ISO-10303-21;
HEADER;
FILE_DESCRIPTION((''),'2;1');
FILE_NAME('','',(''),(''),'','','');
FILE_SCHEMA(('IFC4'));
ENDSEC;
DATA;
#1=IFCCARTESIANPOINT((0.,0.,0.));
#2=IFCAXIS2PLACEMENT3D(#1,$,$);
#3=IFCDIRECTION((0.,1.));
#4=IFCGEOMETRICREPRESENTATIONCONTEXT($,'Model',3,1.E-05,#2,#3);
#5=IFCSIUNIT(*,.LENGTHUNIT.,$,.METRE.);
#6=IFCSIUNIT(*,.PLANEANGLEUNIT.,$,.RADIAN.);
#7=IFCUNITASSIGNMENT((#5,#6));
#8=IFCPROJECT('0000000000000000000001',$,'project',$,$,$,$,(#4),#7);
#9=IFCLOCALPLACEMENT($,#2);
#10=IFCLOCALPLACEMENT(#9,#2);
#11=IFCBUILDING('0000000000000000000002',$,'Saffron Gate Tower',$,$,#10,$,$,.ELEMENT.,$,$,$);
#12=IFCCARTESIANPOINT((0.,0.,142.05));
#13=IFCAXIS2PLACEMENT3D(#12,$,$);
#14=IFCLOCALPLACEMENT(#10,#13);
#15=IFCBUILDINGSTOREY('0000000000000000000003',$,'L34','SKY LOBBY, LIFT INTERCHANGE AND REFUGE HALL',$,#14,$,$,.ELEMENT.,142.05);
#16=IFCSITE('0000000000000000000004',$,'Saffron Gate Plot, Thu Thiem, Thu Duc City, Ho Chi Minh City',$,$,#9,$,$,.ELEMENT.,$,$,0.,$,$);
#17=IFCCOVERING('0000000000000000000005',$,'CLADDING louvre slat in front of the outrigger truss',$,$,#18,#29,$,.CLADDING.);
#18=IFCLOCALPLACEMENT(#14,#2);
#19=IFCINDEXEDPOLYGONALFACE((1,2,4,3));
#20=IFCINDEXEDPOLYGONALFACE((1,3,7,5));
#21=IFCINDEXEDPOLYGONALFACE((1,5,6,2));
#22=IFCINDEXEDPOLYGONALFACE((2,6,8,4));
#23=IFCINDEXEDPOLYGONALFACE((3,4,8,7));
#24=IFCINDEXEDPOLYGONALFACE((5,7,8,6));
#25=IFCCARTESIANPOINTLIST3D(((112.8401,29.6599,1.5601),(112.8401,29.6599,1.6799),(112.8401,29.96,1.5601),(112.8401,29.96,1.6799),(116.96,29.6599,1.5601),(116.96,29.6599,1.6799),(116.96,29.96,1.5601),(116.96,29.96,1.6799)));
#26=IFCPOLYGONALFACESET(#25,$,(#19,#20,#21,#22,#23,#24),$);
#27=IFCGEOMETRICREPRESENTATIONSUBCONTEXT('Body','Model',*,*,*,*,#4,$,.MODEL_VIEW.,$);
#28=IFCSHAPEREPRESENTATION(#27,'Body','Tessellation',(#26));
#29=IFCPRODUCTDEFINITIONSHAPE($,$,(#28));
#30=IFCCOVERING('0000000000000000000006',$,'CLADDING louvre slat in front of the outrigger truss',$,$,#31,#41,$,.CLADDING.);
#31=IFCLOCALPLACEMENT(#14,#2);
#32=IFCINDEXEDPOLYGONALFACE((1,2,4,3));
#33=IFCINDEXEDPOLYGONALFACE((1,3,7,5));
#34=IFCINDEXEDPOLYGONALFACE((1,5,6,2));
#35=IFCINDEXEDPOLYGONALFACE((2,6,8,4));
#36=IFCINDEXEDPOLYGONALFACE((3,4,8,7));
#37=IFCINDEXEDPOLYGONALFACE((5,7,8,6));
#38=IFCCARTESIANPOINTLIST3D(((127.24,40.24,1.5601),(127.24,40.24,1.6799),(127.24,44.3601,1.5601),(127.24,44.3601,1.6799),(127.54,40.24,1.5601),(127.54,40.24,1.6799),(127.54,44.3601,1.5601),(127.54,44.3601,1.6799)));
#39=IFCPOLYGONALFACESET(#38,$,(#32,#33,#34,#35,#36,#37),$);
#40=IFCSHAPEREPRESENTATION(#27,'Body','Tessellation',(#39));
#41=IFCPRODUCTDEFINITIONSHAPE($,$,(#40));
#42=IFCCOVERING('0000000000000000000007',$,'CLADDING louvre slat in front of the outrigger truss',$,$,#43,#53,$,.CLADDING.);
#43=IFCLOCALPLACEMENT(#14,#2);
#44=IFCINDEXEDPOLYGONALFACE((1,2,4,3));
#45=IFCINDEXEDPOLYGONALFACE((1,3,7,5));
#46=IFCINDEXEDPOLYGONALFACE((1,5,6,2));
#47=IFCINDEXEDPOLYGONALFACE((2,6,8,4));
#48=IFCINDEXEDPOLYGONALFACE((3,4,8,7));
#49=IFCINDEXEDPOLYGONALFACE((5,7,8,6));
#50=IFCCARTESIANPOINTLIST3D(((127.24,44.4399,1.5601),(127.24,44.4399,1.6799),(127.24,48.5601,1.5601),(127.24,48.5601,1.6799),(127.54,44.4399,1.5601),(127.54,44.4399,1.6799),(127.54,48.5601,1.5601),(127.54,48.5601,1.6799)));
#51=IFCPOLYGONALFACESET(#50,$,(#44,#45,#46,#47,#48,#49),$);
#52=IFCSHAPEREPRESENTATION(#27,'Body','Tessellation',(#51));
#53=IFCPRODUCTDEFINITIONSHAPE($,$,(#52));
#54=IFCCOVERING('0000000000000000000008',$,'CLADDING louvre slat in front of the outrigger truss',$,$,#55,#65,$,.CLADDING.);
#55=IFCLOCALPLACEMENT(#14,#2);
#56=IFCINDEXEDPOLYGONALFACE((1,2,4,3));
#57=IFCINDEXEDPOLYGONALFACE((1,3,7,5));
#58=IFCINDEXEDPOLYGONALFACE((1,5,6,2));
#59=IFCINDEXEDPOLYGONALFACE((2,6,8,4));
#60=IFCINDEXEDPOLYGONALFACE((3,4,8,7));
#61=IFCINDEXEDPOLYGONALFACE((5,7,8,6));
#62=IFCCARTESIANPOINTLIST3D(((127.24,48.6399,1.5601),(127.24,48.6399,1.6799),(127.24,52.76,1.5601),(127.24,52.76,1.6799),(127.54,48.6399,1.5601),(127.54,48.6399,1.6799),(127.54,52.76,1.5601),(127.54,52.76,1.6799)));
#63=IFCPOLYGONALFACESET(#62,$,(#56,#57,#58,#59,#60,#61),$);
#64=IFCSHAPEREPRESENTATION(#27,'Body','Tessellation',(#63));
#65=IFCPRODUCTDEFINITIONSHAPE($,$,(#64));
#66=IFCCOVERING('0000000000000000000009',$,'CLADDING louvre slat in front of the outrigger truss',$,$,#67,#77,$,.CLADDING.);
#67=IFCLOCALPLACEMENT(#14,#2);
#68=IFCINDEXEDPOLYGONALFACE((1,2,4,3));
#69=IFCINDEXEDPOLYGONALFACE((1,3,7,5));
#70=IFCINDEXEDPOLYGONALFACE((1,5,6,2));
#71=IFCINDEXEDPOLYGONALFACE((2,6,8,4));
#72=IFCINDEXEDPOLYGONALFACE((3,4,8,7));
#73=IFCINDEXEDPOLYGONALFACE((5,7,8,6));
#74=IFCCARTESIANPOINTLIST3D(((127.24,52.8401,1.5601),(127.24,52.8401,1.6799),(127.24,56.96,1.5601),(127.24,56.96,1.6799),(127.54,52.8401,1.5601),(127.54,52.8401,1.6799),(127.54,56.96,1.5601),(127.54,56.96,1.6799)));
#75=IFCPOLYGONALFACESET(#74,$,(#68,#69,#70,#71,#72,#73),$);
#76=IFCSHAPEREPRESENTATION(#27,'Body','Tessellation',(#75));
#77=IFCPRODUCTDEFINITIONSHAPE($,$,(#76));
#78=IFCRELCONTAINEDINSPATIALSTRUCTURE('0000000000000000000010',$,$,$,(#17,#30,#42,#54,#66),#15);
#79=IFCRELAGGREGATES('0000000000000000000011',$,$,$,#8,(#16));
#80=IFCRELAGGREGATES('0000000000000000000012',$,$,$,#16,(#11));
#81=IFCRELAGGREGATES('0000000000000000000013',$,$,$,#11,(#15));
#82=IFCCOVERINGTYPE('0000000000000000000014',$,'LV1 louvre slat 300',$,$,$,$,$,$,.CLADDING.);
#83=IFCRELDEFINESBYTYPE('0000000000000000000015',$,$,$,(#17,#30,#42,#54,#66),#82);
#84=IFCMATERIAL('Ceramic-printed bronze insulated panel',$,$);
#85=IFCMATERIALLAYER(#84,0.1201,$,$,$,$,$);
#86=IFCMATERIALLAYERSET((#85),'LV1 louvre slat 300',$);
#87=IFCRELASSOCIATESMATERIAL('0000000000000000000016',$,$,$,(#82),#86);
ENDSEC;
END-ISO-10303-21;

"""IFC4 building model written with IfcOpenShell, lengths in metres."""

from ifc_helpers import new_model, si_unit, direction, frame, origin, place, context, subcontext, project, spatial, polyline, outline, extrude, material, layer, layer_set, type_object, element, save


model = new_model("IFC4")

# Units and contexts
model_context = context("Model", 3, precision=1e-05, world=origin(), true_north=direction((0.0, 1.0)))
body_context = subcontext(model_context, "Body", "Model", "MODEL_VIEW")
ifc_project = project(units=[si_unit("LENGTHUNIT", "METRE"), si_unit("PLANEANGLEUNIT", "RADIAN")], contexts=[model_context])

# Site, building, storey
site_placement = place(None, origin())
site = spatial("IfcSite", under=ifc_project, at=site_placement, Name="Saffron Gate Plot, Thu Thiem, Thu Duc City, Ho Chi Minh City", CompositionType="ELEMENT", RefElevation=0.0)
building_placement = place(site_placement, origin())
building = spatial("IfcBuilding", under=site, at=building_placement, Name="Saffron Gate Tower", CompositionType="ELEMENT")
storey_placement = place(building_placement, frame((0.0, 0.0, 142.05)))
storey = spatial("IfcBuildingStorey", under=building, at=storey_placement, Name="L34", Description="SKY LOBBY, LIFT INTERCHANGE AND REFUGE HALL", CompositionType="ELEMENT", Elevation=142.05)

# Coverings
ifc_material = material(Name="Ceramic-printed bronze insulated panel")
ifc_layer = layer(ifc_material, 0.1201)
ifc_layer_set = layer_set([ifc_layer], Name="LV1 louvre slat 300")
covering_type = type_object("IfcCoveringType", Name="LV1 louvre slat 300", PredefinedType="CLADDING", material=ifc_layer_set)
covering_1_placement = place(storey_placement, frame((0.0, 0.0, 1.5601)))
element("IfcCovering", 1, at=covering_1_placement, inside=storey, type_object=covering_type, Name="CLADDING louvre slat in front of the outrigger truss", PredefinedType="CLADDING", context=body_context, shape_type="SweptSolid", body=[
    extrude(outline(polyline([(112.8401, 29.6599), (116.96, 29.6599), (116.96, 29.96), (112.8401, 29.96), (112.8401, 29.6599)])), origin(), (0.0, 0.0, 1.0), 0.1199),
])
covering_2_placement = place(storey_placement, frame((0.0, 0.0, 1.5601)))
element("IfcCovering", 2, at=covering_2_placement, inside=storey, type_object=covering_type, Name="CLADDING louvre slat in front of the outrigger truss", PredefinedType="CLADDING", context=body_context, shape_type="SweptSolid", body=[
    extrude(outline(polyline([(127.54, 40.24), (127.54, 44.3601), (127.24, 44.3601), (127.24, 40.24), (127.54, 40.24)])), origin(), (0.0, 0.0, 1.0), 0.1199),
])
covering_3_placement = place(storey_placement, frame((0.0, 0.0, 1.5601)))
element("IfcCovering", 3, at=covering_3_placement, inside=storey, type_object=covering_type, Name="CLADDING louvre slat in front of the outrigger truss", PredefinedType="CLADDING", context=body_context, shape_type="SweptSolid", body=[
    extrude(outline(polyline([(127.54, 44.4399), (127.54, 48.5601), (127.24, 48.5601), (127.24, 44.4399), (127.54, 44.4399)])), origin(), (0.0, 0.0, 1.0), 0.1199),
])
covering_4_placement = place(storey_placement, frame((0.0, 0.0, 1.5601)))
element("IfcCovering", 4, at=covering_4_placement, inside=storey, type_object=covering_type, Name="CLADDING louvre slat in front of the outrigger truss", PredefinedType="CLADDING", context=body_context, shape_type="SweptSolid", body=[
    extrude(outline(polyline([(127.54, 48.6399), (127.54, 52.76), (127.24, 52.76), (127.24, 48.6399), (127.54, 48.6399)])), origin(), (0.0, 0.0, 1.0), 0.1199),
])
covering_5_placement = place(storey_placement, frame((0.0, 0.0, 1.5601)))
element("IfcCovering", 5, at=covering_5_placement, inside=storey, type_object=covering_type, Name="CLADDING louvre slat in front of the outrigger truss", PredefinedType="CLADDING", context=body_context, shape_type="SweptSolid", body=[
    extrude(outline(polyline([(127.54, 52.8401), (127.54, 56.96), (127.24, 56.96), (127.24, 52.8401), (127.54, 52.8401)])), origin(), (0.0, 0.0, 1.0), 0.1199),
])

save(model, "model.ifc")
